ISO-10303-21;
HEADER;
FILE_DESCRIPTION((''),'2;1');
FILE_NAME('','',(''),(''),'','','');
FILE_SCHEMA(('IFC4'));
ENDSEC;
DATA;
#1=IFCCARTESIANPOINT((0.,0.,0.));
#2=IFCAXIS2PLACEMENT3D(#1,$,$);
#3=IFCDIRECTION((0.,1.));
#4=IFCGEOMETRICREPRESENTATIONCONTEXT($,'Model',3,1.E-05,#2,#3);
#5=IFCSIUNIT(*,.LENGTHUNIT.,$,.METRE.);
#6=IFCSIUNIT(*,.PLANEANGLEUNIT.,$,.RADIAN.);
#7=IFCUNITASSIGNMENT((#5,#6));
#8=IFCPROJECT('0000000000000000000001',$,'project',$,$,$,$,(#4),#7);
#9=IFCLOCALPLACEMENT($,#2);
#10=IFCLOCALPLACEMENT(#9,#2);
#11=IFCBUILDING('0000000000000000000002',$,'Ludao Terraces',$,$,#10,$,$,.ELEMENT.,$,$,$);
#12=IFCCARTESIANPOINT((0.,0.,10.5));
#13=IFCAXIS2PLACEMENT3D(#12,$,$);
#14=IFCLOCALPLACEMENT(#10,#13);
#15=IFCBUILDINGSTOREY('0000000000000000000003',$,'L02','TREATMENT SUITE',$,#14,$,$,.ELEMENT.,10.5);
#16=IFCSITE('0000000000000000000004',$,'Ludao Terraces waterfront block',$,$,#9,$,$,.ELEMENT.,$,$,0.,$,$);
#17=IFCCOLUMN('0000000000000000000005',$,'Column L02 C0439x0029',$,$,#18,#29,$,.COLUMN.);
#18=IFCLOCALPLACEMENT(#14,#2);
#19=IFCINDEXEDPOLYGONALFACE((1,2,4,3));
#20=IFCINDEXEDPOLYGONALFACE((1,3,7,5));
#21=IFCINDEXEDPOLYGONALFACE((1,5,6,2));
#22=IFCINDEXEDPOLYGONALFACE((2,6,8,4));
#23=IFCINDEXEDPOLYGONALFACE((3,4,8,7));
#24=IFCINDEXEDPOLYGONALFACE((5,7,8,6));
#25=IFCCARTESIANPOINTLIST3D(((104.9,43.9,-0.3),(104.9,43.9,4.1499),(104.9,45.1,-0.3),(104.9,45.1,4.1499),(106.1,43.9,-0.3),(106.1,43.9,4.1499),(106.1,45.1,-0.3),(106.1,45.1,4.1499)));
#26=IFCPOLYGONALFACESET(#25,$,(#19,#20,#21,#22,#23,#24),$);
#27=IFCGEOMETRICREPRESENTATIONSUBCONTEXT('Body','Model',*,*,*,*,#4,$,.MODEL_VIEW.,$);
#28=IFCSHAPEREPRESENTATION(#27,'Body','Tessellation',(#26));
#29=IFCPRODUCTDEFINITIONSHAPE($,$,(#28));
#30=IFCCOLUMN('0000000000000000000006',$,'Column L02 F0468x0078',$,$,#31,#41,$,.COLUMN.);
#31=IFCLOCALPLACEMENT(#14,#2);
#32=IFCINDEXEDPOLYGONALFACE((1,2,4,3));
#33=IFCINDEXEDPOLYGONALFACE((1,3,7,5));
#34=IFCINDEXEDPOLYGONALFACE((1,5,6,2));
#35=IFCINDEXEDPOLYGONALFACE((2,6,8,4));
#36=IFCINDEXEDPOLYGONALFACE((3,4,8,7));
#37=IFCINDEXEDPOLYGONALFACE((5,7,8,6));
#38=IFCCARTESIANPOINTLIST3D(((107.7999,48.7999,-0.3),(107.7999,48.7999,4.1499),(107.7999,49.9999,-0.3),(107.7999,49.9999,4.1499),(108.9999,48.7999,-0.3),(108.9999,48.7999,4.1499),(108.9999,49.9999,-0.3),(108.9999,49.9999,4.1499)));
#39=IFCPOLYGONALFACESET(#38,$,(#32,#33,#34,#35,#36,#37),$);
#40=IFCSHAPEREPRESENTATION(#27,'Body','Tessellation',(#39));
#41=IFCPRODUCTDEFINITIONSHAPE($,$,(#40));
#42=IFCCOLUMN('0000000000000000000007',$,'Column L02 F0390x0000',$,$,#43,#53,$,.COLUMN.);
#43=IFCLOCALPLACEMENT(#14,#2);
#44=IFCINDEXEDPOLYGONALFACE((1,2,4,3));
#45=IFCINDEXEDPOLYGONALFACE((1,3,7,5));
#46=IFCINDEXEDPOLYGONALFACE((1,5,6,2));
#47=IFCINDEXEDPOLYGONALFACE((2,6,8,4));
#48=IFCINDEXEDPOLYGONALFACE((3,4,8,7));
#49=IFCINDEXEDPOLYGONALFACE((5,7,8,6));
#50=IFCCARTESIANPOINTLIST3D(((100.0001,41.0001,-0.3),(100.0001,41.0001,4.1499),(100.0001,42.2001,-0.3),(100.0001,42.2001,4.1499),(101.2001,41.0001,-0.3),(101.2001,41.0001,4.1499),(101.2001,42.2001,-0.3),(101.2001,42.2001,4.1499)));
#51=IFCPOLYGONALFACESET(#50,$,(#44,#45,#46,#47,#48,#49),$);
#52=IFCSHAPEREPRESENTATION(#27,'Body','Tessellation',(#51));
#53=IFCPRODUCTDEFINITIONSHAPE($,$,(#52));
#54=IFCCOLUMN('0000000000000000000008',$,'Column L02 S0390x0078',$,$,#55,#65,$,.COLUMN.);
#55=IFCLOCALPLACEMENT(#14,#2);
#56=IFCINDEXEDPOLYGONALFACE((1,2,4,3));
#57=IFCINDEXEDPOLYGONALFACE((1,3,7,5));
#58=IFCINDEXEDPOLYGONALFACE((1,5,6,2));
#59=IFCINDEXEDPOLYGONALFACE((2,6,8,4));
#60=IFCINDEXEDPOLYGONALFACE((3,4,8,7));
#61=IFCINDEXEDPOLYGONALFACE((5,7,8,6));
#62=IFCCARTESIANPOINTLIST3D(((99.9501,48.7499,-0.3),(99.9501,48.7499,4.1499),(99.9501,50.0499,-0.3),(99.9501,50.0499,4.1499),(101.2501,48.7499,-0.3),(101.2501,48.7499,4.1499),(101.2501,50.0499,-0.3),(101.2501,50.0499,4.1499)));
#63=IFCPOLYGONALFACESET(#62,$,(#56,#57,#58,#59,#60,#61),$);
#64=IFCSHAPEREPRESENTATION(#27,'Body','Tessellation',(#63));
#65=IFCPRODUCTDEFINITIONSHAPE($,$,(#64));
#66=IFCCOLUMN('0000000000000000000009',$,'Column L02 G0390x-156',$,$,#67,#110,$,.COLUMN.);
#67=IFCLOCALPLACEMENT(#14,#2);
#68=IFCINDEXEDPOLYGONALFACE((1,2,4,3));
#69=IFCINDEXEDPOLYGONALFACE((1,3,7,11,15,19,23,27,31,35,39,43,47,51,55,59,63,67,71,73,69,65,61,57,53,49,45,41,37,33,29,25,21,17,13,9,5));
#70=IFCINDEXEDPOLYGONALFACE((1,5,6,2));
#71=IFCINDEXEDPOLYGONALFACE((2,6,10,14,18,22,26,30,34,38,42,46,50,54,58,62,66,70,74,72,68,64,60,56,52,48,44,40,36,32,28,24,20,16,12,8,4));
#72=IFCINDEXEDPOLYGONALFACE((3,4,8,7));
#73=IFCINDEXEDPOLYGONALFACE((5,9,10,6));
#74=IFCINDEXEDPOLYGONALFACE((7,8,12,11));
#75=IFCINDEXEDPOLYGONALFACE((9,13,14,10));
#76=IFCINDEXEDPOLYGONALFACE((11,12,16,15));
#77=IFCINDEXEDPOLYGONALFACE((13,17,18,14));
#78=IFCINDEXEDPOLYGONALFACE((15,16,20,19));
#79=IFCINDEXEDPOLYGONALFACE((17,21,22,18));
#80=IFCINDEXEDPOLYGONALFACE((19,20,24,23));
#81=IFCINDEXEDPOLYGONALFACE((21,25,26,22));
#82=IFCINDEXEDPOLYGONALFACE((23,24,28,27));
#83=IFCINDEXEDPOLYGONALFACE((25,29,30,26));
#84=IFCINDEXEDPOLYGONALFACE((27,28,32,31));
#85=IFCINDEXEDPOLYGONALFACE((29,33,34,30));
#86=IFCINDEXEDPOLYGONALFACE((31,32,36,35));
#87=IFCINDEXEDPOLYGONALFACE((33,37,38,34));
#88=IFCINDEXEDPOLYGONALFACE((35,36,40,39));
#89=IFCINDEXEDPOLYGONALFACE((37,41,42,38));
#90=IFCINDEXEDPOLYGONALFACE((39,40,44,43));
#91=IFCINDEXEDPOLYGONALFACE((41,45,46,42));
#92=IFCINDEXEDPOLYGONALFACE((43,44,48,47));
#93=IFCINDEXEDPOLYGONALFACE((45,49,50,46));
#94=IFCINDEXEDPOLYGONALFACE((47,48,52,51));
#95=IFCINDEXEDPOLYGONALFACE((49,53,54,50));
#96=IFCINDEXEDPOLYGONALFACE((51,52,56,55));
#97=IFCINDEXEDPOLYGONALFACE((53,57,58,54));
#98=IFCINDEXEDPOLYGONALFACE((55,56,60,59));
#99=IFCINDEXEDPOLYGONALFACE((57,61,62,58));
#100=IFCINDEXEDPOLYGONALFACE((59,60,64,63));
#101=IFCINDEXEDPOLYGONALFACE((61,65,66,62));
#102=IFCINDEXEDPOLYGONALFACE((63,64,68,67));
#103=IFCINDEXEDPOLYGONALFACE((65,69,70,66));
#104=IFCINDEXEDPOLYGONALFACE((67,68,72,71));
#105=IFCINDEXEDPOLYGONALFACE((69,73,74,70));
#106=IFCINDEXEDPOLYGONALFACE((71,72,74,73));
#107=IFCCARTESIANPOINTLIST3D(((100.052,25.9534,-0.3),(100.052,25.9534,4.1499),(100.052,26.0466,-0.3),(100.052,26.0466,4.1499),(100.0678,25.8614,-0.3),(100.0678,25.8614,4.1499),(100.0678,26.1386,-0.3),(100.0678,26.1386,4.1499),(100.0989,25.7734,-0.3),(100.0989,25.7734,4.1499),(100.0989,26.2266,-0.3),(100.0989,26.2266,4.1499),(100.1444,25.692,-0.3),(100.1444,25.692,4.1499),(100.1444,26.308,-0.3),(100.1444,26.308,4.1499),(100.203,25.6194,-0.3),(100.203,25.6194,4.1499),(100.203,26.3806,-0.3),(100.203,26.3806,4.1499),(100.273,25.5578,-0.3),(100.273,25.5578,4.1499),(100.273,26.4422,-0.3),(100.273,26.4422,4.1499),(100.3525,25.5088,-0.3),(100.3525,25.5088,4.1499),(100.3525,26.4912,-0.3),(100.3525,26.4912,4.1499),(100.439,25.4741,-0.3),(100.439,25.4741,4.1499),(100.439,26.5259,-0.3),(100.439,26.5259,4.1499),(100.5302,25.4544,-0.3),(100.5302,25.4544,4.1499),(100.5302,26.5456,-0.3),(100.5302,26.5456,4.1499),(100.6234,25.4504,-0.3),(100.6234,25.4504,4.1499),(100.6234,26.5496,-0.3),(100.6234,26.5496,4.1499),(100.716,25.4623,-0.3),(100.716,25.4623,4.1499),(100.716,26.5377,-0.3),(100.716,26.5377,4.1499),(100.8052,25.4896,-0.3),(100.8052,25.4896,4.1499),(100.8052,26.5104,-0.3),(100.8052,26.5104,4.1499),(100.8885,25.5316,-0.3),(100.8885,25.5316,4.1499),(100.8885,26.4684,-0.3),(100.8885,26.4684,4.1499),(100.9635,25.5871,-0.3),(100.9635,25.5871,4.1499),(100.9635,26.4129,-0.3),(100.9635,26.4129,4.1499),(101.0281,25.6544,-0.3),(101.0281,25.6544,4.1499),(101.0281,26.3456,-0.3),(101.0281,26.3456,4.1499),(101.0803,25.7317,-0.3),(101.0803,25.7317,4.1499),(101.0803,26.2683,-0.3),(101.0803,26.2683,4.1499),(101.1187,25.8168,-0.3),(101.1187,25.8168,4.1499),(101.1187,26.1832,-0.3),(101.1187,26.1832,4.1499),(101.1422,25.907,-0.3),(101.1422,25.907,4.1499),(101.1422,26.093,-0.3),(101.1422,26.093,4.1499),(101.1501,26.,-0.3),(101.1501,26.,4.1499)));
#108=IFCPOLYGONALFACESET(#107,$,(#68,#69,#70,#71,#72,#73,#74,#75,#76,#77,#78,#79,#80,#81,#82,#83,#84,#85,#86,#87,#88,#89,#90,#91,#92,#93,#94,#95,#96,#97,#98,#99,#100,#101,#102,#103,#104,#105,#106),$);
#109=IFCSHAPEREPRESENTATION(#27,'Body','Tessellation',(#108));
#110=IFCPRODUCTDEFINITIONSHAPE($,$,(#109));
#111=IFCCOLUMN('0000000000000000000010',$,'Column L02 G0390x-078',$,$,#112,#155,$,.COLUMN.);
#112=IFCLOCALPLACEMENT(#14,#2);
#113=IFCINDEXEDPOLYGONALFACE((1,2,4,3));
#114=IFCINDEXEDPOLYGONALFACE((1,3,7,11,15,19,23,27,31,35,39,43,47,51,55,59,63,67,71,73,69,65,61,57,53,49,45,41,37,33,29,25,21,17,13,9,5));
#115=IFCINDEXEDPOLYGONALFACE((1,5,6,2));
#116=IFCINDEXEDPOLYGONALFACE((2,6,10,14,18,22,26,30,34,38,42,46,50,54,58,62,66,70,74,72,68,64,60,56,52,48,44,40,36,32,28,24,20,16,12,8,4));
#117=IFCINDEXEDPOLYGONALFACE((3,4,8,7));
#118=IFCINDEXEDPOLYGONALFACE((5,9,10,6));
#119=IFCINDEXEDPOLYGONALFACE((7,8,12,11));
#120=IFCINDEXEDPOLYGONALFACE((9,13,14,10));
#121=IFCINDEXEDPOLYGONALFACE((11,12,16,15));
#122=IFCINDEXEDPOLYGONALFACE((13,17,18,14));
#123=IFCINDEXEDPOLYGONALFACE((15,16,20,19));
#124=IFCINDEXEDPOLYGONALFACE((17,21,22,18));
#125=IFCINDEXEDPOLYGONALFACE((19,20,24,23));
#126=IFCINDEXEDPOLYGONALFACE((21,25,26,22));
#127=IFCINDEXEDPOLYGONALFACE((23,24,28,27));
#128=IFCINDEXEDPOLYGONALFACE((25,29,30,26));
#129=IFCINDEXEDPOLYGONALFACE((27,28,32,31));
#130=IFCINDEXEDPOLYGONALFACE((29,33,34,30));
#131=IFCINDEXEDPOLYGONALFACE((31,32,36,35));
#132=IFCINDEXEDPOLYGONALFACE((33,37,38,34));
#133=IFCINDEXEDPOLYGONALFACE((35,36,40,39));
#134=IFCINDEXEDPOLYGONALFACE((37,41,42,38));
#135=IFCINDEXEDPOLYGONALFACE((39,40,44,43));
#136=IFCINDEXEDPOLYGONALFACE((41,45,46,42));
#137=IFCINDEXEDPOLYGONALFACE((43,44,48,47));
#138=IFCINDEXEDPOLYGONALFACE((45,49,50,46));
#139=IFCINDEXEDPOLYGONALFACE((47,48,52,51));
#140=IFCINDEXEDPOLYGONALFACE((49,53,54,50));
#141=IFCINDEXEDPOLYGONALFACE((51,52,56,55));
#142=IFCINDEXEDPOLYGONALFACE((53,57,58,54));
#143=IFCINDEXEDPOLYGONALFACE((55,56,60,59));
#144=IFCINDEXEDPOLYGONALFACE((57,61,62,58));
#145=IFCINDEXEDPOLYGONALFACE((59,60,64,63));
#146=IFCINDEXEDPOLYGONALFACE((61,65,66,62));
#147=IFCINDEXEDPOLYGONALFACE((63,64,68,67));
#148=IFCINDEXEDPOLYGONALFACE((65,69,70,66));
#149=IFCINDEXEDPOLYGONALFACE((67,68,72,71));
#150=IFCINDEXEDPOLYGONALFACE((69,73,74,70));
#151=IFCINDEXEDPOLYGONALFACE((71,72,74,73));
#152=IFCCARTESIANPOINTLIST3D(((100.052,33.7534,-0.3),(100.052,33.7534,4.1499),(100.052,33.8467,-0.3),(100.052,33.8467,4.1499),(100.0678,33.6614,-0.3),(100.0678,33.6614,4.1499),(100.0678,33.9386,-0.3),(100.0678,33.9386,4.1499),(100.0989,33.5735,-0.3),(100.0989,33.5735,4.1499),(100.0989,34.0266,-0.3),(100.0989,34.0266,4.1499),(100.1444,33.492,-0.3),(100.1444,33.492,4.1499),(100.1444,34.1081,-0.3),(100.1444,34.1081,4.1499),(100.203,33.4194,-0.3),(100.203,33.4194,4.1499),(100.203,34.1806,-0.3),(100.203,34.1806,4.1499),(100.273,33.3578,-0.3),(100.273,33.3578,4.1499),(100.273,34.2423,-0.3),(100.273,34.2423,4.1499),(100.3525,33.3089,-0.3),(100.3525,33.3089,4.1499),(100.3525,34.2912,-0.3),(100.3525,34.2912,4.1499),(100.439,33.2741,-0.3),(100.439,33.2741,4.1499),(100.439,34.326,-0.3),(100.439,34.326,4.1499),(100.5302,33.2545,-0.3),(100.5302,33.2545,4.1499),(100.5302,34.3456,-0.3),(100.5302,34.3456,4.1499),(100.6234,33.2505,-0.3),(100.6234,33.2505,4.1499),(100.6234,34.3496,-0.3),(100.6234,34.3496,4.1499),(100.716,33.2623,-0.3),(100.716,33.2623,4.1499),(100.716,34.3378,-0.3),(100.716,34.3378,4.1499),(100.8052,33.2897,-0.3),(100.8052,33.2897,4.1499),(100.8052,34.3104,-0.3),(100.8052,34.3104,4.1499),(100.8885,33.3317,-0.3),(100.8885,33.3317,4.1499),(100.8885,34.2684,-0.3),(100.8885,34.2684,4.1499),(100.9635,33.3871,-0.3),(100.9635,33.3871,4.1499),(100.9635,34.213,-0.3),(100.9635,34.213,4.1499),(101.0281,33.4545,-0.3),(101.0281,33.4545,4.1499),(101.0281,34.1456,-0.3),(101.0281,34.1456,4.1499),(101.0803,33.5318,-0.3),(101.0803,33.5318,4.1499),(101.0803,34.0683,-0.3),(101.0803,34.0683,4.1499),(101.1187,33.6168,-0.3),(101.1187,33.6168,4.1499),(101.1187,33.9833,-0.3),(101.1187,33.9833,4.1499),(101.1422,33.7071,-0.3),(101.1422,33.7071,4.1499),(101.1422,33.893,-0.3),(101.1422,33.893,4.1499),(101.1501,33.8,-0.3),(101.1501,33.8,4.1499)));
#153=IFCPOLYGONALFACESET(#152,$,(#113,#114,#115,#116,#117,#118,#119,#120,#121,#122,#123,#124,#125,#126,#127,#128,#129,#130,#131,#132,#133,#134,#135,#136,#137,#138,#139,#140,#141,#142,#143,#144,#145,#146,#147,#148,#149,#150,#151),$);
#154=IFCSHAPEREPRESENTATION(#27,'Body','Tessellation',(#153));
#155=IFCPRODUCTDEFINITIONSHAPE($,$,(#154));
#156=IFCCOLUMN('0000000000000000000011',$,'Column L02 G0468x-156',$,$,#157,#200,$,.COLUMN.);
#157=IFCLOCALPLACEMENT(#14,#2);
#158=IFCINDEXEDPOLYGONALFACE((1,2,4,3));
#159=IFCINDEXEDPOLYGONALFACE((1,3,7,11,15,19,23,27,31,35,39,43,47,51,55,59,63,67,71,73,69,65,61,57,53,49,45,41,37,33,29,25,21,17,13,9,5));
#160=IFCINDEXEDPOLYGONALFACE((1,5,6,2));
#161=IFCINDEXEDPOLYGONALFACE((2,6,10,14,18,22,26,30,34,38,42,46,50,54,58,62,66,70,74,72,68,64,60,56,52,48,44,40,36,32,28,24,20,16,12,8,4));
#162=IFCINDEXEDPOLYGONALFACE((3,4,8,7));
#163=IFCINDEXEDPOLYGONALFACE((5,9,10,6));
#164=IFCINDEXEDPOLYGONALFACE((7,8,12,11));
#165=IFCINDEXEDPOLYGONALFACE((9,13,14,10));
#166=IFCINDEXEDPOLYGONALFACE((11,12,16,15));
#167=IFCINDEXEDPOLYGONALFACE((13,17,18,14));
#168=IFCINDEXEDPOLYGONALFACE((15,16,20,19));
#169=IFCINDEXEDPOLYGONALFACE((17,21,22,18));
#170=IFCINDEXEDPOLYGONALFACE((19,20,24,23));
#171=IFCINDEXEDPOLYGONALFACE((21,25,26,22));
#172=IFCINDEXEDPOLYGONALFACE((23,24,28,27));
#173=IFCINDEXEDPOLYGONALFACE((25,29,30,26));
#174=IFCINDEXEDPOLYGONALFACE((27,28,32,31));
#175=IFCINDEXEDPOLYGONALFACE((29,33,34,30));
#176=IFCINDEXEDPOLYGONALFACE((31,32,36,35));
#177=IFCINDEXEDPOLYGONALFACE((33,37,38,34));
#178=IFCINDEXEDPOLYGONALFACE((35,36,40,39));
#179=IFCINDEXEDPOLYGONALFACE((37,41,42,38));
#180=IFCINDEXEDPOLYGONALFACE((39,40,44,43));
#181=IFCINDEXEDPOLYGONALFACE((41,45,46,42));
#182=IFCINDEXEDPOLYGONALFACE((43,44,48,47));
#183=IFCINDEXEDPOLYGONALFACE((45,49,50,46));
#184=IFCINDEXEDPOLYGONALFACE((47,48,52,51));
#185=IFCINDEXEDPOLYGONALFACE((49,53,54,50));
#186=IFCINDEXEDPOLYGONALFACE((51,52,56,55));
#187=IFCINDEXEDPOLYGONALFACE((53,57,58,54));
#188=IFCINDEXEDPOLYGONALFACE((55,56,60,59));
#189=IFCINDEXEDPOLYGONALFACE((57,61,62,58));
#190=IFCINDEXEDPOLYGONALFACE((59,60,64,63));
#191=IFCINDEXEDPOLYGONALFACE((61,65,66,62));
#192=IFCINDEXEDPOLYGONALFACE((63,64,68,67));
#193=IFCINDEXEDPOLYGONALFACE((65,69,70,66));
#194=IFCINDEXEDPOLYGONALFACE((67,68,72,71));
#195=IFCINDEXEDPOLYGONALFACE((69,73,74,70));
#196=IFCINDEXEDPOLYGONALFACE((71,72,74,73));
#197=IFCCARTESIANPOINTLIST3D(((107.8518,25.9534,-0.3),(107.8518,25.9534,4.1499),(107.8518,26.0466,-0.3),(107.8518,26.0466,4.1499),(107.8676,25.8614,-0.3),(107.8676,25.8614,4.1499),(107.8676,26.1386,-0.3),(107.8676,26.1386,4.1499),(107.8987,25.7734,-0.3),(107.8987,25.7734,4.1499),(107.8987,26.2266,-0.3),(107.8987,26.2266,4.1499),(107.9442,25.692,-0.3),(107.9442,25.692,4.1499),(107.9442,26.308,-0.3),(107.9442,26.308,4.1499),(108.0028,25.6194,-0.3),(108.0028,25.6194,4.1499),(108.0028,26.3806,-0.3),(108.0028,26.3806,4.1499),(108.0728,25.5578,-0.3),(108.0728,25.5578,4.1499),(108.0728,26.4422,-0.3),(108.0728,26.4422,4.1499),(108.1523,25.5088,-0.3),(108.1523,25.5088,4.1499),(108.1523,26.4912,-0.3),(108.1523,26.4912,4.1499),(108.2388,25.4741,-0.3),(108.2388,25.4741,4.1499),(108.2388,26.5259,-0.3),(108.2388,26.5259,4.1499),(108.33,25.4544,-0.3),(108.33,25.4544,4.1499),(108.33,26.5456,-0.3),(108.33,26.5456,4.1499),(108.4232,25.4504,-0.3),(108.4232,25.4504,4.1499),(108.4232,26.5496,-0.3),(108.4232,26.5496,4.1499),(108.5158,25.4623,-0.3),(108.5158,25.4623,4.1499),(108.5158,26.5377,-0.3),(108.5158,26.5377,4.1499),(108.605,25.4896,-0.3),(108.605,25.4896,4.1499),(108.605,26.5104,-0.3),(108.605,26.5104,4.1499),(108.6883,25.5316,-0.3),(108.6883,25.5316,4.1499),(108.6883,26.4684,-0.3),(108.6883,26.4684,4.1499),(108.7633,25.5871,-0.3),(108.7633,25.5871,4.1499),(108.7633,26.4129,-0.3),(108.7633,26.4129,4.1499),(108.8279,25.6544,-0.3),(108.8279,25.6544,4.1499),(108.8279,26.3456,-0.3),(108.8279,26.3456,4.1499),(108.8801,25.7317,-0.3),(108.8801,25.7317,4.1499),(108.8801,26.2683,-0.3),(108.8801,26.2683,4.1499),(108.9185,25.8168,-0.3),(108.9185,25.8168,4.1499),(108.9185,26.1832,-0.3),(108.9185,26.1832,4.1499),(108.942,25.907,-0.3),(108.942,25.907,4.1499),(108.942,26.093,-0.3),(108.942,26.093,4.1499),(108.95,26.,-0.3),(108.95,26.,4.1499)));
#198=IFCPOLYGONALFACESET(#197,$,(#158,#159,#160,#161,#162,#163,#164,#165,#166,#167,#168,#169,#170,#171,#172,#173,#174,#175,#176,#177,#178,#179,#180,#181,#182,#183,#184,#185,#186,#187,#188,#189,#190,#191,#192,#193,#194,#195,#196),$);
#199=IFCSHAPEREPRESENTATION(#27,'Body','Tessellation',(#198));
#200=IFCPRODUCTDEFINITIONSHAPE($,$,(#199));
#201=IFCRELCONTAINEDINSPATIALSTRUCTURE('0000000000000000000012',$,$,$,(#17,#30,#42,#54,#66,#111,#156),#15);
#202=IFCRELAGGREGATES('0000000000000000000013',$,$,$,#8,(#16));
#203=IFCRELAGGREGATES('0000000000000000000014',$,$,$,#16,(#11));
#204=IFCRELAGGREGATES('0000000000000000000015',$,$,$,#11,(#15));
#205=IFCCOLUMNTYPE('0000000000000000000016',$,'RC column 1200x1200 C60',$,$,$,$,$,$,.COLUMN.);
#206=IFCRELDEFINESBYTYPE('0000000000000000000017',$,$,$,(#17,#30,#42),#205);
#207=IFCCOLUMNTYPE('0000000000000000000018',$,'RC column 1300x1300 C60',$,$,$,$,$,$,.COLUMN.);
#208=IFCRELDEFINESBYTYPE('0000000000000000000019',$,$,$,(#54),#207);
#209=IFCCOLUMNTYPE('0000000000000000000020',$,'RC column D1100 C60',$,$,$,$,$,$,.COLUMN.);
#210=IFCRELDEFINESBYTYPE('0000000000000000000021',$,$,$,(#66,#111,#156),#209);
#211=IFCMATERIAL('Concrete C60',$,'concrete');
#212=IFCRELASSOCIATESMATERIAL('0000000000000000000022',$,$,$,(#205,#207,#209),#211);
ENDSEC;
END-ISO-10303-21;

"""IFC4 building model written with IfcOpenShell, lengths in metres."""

from ifc_helpers import new_model, si_unit, direction, frame, origin, origin_2d, place, context, subcontext, project, spatial, rectangle, circle, extrude, material, material_profile, profile_set, type_object, element, save


model = new_model("IFC4")

# Units and contexts
model_context = context("Model", 3, precision=1e-05, world=origin(), true_north=direction((0.0, 1.0)))
body_context = subcontext(model_context, "Body", "Model", "MODEL_VIEW")
ifc_project = project(units=[si_unit("LENGTHUNIT", "METRE"), si_unit("PLANEANGLEUNIT", "RADIAN")], contexts=[model_context])

# Site, building, storey
site_placement = place(None, origin())
site = spatial("IfcSite", under=ifc_project, at=site_placement, Name="Ludao Terraces waterfront block", CompositionType="ELEMENT", RefElevation=0.0)
building_placement = place(site_placement, origin())
building = spatial("IfcBuilding", under=site, at=building_placement, Name="Ludao Terraces", CompositionType="ELEMENT")
storey_placement = place(building_placement, frame((0.0, 0.0, 10.5)))
storey = spatial("IfcBuildingStorey", under=building, at=storey_placement, Name="L02", Description="TREATMENT SUITE", CompositionType="ELEMENT", Elevation=10.5)

# Columns
ifc_material_1 = material(Name="Concrete C60", Category="concrete")
ifc_material_profile_1 = material_profile(ifc_material_1, rectangle(XDim=1.2, YDim=1.2, at=origin_2d()), Name="1200 X 1200")
ifc_profile_set_1 = profile_set([ifc_material_profile_1], Name="Concrete C60")
column_type_1 = type_object("IfcColumnType", Name="RC column 1200x1200 C60", PredefinedType="COLUMN", material=ifc_profile_set_1)
for number, where, z_axis, x_axis, name in (
    (1, (105.5, 44.5, -0.3), (0.0, 0.0, 1.0), (1.0, 0.0, 0.0), "Column L02 C0439x0029"),
    (2, (108.3999, 49.3999, -0.3), (0.0, 0.0, 1.0), (1.0, 0.0, 0.0), "Column L02 F0468x0078"),
    (3, (100.6001, 41.6001, -0.3), (0.0, 0.0, 1.0), (1.0, 0.0, 0.0), "Column L02 F0390x0000"),
):
    element("IfcColumn", number, at=place(storey_placement, frame(where, z_axis=z_axis, x_axis=x_axis)), inside=storey, type_object=column_type_1, Name=name, PredefinedType="COLUMN", context=body_context, shape_type="SweptSolid", body=[
        extrude(rectangle(XDim=1.2, YDim=1.2, at=origin_2d()), origin(), (0.0, 0.0, 1.0), 4.45),
    ])
ifc_material_profile_2 = material_profile(ifc_material_1, rectangle(XDim=1.3, YDim=1.3, at=origin_2d()), Name="1300 X 1300")
ifc_profile_set_2 = profile_set([ifc_material_profile_2], Name="Concrete C60")
column_type_2 = type_object("IfcColumnType", Name="RC column 1300x1300 C60", PredefinedType="COLUMN", material=ifc_profile_set_2)
column_placement = place(storey_placement, frame((100.6001, 49.3999, -0.3), z_axis=(0.0, 0.0, 1.0), x_axis=(1.0, 0.0, 0.0)))
element("IfcColumn", 4, at=column_placement, inside=storey, type_object=column_type_2, Name="Column L02 S0390x0078", PredefinedType="COLUMN", context=body_context, shape_type="SweptSolid", body=[
    extrude(rectangle(XDim=1.3, YDim=1.3, at=origin_2d()), origin(), (0.0, 0.0, 1.0), 4.45),
])
ifc_material_profile_3 = material_profile(ifc_material_1, circle(Radius=0.55, at=origin_2d()), Name="D1100")
ifc_profile_set_3 = profile_set([ifc_material_profile_3], Name="Concrete C60")
column_type_3 = type_object("IfcColumnType", Name="RC column D1100 C60", PredefinedType="COLUMN", material=ifc_profile_set_3)
for number, where, z_axis, x_axis, name in (
    (5, (100.6001, 26.0, -0.3), (0.0, 0.0, 1.0), (1.0, 0.0, 0.0), "Column L02 G0390x-156"),
    (6, (100.6001, 33.8, -0.3), (0.0, 0.0, 1.0), (1.0, 0.0, 0.0), "Column L02 G0390x-078"),
    (7, (108.3999, 26.0, -0.3), (0.0, 0.0, 1.0), (1.0, 0.0, 0.0), "Column L02 G0468x-156"),
):
    element("IfcColumn", number, at=place(storey_placement, frame(where, z_axis=z_axis, x_axis=x_axis)), inside=storey, type_object=column_type_3, Name=name, PredefinedType="COLUMN", context=body_context, shape_type="SweptSolid", body=[
        extrude(circle(Radius=0.55, at=origin_2d()), origin(), (0.0, 0.0, 1.0), 4.45),
    ])

save(model, "model.ifc")
